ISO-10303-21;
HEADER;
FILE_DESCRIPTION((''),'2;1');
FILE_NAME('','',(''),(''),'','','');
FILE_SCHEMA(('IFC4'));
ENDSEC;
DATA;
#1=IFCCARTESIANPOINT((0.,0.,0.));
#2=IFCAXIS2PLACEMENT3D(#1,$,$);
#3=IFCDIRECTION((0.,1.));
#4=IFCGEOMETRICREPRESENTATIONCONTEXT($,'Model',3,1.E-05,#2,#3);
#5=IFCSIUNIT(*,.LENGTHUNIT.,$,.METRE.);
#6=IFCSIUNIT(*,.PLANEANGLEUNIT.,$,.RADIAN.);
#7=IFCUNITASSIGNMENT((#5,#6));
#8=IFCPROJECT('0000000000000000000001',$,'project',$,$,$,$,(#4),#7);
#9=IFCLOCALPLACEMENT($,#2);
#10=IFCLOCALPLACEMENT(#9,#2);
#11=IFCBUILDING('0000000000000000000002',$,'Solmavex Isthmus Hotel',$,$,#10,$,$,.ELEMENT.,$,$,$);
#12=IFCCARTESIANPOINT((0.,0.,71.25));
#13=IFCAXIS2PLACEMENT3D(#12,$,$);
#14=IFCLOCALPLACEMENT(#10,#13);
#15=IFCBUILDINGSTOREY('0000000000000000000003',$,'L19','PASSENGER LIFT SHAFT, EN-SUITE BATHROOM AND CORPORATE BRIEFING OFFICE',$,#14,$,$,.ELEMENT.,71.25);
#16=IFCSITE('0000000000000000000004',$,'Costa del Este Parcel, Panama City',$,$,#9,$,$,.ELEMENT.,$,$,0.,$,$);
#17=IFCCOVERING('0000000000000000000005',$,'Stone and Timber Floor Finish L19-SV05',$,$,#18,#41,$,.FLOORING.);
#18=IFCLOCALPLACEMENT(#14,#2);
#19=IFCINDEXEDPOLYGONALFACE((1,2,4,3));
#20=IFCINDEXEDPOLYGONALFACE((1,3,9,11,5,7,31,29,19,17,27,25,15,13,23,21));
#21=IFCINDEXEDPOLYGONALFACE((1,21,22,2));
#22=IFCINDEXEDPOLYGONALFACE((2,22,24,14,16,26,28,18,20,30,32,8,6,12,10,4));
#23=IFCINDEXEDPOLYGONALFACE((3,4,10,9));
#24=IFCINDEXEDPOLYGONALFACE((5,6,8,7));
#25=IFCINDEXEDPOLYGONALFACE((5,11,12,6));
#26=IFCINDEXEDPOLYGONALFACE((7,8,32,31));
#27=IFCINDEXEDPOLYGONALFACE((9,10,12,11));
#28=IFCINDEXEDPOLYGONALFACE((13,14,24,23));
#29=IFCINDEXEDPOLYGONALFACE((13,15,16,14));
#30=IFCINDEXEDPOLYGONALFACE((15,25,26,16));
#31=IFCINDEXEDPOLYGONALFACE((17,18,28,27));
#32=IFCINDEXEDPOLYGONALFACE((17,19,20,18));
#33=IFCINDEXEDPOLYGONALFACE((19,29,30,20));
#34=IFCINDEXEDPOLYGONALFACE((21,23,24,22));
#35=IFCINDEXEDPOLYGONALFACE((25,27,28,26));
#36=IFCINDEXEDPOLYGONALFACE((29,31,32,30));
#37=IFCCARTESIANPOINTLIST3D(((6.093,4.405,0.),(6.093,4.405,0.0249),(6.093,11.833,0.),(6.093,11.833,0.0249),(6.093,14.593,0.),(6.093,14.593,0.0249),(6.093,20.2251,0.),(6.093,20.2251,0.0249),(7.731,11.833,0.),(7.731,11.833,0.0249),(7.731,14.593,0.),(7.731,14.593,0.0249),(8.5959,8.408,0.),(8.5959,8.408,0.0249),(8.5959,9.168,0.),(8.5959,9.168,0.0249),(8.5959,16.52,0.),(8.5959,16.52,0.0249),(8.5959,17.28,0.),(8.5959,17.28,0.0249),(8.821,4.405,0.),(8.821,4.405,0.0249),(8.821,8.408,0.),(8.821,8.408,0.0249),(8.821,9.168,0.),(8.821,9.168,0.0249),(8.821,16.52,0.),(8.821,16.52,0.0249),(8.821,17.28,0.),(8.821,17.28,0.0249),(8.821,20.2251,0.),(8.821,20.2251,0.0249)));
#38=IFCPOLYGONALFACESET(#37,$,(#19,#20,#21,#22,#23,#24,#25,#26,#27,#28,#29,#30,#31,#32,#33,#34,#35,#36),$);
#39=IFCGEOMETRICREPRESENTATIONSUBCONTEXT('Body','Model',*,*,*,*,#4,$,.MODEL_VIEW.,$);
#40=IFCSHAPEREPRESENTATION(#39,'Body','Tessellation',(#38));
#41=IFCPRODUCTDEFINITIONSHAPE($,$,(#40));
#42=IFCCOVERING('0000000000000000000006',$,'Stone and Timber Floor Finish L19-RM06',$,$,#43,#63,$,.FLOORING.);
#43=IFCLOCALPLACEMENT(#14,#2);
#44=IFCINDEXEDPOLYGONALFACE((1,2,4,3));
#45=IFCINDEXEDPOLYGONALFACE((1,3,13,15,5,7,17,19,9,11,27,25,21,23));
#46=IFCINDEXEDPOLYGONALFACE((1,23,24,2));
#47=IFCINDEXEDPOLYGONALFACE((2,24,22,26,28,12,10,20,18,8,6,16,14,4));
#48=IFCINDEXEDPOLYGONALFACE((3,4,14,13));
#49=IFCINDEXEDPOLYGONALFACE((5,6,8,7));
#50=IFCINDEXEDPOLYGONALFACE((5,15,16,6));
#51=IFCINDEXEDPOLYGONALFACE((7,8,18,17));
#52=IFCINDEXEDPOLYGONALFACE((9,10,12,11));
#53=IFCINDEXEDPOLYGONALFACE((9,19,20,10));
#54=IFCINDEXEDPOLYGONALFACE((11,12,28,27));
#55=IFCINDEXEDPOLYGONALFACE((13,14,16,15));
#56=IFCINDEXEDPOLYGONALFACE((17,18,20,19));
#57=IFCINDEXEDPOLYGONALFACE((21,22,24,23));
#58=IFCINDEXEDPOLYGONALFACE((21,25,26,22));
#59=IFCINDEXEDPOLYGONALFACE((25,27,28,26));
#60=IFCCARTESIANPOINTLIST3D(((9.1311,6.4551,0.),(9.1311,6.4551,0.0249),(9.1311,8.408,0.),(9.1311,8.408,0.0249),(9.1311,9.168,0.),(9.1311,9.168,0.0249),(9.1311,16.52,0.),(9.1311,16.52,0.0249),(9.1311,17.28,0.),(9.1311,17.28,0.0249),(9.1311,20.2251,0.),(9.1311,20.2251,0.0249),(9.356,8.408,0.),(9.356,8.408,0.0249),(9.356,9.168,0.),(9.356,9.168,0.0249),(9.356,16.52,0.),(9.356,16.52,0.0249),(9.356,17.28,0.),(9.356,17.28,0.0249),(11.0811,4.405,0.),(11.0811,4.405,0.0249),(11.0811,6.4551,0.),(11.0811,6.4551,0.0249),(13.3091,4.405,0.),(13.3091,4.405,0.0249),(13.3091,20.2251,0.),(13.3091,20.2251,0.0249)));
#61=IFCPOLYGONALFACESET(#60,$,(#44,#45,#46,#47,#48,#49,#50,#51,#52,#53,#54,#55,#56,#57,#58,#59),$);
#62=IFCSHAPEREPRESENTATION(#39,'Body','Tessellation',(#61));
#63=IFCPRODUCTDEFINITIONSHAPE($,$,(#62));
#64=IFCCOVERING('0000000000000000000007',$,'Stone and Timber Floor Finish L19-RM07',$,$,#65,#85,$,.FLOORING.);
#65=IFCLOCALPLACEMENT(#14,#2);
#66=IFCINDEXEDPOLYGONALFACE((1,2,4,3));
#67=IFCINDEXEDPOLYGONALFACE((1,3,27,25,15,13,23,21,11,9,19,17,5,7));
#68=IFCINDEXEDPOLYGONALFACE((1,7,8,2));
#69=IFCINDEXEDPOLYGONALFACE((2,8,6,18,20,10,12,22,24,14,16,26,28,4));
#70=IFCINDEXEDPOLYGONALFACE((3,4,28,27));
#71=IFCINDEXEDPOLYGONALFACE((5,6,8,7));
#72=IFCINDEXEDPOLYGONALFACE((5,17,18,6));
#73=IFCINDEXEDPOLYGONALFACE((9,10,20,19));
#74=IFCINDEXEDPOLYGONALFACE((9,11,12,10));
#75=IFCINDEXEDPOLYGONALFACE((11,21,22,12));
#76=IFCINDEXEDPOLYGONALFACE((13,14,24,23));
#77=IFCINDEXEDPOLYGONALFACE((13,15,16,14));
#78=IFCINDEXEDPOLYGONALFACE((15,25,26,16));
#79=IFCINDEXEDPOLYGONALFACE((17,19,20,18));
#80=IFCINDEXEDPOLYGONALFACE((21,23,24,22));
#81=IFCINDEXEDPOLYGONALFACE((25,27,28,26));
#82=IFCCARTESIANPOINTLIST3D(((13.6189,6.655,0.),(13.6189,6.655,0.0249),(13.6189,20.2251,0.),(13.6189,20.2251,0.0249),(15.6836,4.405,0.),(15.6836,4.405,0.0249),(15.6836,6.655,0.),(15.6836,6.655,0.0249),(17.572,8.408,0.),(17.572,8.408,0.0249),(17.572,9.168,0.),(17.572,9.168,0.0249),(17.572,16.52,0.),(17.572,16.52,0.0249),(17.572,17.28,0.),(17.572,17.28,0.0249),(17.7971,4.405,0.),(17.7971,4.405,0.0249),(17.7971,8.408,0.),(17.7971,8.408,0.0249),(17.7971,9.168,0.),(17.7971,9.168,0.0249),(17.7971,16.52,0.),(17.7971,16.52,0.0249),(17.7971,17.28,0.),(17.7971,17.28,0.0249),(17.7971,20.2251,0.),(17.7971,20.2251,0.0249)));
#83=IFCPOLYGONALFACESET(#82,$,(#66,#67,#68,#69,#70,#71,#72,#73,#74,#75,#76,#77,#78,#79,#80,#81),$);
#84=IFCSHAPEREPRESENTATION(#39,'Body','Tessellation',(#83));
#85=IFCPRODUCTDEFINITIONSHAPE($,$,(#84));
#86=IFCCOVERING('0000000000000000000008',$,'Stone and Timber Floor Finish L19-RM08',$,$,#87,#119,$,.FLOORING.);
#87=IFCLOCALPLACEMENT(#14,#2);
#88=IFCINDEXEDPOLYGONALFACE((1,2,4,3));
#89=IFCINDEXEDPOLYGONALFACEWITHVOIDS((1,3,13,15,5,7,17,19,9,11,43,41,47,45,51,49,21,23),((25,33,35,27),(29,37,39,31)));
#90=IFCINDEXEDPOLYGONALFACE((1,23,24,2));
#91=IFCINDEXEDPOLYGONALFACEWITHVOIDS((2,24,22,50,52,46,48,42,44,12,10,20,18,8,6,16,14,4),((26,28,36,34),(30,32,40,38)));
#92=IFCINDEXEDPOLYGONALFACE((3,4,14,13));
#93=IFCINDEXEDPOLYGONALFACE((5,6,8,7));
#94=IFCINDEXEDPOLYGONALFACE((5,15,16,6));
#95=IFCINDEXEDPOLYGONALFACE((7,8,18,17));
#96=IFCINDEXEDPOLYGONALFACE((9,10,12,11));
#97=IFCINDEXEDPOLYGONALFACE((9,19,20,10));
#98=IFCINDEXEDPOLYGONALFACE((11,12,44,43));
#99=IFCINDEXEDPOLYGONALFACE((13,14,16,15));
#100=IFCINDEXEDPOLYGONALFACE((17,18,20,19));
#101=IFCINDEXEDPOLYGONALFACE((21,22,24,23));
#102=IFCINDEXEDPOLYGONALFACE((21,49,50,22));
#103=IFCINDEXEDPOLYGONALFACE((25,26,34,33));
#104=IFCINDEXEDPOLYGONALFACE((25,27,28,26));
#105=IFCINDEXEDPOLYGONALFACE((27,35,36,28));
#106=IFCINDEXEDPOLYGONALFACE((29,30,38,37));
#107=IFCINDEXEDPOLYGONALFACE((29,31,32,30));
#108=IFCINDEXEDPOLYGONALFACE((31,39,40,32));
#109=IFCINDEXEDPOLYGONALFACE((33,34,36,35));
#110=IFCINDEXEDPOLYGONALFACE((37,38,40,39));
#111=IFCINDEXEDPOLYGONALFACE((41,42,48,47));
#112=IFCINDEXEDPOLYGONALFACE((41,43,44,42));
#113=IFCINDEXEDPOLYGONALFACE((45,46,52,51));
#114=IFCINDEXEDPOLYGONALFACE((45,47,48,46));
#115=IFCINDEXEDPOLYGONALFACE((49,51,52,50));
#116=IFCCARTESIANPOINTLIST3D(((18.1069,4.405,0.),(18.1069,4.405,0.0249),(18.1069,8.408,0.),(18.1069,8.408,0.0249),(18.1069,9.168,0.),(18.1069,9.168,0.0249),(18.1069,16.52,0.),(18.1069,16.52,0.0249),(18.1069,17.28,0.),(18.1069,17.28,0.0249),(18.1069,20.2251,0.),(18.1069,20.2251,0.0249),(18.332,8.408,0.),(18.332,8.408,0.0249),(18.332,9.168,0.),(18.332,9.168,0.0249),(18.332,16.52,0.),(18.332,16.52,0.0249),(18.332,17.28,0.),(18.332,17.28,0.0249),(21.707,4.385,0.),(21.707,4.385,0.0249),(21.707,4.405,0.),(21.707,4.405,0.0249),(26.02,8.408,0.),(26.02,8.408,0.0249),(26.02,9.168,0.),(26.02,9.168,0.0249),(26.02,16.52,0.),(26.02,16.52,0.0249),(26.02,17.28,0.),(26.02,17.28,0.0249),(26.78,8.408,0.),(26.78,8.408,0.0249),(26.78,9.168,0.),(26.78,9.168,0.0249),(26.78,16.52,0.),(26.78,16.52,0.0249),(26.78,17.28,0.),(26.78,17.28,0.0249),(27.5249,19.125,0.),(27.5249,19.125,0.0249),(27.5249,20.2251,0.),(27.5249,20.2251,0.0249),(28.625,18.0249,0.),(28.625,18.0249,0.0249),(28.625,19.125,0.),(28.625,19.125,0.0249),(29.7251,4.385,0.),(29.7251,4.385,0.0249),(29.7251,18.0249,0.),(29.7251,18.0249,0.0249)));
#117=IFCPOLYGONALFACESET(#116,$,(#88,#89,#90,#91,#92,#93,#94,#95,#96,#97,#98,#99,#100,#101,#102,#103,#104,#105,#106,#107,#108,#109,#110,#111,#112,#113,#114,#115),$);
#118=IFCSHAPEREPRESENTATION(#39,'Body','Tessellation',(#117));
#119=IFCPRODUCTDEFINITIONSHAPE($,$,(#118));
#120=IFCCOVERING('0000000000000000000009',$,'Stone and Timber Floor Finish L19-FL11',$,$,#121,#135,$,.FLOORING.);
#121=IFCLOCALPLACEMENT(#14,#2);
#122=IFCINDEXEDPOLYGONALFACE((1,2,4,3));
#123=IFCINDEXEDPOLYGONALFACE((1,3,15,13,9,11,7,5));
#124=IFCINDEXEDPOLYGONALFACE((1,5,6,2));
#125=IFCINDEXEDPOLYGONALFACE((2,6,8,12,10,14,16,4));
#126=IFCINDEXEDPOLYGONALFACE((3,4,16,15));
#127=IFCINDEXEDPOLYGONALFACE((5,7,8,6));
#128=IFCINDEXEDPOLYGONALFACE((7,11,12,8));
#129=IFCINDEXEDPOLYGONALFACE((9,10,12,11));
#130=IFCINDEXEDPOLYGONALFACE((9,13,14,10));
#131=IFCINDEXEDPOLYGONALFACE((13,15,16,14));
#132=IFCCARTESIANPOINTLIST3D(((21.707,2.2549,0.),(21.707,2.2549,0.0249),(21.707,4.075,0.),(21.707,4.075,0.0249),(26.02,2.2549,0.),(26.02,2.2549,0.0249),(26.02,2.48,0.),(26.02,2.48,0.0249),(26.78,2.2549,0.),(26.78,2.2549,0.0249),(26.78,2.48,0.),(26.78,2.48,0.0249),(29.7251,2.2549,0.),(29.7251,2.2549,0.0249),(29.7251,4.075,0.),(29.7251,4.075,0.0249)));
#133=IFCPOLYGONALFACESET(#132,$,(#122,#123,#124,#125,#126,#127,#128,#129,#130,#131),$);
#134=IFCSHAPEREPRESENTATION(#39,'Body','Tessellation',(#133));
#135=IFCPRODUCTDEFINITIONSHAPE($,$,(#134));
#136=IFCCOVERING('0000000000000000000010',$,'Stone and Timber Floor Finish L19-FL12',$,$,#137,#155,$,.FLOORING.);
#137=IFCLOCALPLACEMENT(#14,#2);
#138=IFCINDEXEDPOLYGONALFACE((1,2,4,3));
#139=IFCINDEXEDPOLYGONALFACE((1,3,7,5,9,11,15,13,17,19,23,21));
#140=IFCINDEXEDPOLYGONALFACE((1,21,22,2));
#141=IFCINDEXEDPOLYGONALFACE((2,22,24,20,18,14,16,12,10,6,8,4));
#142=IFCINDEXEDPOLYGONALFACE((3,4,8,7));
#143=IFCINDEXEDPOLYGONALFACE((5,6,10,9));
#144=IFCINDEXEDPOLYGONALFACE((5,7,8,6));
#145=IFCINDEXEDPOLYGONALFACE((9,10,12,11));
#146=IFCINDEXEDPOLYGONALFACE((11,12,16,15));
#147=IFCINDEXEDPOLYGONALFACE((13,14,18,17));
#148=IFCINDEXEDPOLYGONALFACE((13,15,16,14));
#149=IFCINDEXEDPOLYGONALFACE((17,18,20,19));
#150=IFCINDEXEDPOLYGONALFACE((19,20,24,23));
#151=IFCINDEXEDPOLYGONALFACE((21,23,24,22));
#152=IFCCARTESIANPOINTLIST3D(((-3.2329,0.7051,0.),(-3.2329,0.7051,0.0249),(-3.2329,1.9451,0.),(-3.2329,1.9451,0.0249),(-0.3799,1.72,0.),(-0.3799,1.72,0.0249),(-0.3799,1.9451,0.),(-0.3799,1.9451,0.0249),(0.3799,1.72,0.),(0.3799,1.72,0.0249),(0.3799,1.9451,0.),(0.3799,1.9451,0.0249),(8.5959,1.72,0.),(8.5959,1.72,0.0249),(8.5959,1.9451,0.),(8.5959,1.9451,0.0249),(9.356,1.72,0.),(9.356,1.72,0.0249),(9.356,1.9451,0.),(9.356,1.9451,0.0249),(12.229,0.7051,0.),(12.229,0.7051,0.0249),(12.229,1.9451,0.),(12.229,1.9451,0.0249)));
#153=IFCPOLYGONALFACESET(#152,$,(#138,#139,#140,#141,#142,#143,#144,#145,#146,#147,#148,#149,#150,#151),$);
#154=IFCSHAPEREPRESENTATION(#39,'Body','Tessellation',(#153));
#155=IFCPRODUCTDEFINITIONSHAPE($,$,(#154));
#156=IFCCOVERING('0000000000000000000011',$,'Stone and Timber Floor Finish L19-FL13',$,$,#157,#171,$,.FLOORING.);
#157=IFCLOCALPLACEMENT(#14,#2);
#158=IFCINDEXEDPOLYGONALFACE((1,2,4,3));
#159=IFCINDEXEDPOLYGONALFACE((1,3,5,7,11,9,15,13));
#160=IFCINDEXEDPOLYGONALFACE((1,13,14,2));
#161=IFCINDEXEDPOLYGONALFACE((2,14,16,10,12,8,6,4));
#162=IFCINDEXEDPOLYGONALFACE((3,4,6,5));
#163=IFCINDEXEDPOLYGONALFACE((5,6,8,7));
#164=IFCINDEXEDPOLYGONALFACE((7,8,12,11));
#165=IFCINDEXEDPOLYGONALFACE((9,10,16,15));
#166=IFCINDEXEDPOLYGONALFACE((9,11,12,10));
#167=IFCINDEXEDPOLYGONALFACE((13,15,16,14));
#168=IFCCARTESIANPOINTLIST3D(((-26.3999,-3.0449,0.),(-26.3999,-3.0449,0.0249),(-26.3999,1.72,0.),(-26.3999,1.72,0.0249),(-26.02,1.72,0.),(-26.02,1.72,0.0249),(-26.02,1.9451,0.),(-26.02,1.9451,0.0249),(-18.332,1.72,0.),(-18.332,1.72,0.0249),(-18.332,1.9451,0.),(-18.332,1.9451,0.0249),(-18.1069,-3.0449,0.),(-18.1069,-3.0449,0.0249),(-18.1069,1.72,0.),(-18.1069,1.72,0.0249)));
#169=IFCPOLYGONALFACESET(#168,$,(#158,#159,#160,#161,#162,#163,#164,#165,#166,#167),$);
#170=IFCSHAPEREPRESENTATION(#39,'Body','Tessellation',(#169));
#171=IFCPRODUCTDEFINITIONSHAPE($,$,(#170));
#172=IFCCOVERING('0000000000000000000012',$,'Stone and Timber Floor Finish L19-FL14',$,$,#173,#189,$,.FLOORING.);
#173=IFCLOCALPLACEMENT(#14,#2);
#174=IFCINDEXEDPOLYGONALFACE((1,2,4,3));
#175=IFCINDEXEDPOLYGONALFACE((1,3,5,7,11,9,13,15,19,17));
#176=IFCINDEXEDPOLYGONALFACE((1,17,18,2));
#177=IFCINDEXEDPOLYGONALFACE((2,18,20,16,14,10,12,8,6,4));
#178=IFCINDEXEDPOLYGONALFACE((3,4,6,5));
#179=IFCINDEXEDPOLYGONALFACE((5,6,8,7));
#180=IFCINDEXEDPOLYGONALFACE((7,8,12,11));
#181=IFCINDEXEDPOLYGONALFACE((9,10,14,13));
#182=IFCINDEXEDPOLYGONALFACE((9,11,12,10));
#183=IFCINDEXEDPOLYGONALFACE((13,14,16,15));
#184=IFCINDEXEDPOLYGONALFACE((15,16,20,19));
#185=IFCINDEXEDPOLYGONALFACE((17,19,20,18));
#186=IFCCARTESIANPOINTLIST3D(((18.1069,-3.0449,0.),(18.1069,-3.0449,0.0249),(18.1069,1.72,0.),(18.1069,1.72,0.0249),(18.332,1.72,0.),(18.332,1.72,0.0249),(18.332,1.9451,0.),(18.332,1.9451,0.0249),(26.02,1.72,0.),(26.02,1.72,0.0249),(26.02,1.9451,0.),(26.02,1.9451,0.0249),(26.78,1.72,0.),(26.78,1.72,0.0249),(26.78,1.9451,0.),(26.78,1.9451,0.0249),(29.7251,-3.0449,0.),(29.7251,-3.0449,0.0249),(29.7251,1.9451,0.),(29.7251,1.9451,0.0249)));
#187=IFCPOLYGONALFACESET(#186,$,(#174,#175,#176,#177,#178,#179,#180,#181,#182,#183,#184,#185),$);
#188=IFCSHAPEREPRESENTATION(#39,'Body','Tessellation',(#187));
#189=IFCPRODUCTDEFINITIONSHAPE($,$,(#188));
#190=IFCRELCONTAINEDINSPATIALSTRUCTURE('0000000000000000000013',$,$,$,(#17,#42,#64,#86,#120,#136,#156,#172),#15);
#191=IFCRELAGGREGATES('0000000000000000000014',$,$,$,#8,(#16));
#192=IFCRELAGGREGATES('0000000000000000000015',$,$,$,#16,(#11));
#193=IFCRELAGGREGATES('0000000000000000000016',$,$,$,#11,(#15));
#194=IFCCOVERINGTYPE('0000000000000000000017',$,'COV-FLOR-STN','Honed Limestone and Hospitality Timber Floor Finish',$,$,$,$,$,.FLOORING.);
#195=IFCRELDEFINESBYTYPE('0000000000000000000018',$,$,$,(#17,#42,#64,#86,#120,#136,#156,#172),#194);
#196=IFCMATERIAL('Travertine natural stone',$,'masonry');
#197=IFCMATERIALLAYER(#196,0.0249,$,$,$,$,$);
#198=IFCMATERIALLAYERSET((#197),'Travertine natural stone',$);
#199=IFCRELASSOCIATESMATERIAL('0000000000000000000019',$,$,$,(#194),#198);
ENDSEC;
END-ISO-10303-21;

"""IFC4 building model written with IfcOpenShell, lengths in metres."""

from ifc_helpers import new_model, si_unit, direction, frame, origin, place, context, subcontext, project, spatial, polyline, outline, extrude, material, layer, layer_set, type_object, element, save


model = new_model("IFC4")

# Units and contexts
model_context = context("Model", 3, precision=1e-05, world=origin(), true_north=direction((0.0, 1.0)))
body_context = subcontext(model_context, "Body", "Model", "MODEL_VIEW")
ifc_project = project(units=[si_unit("LENGTHUNIT", "METRE"), si_unit("PLANEANGLEUNIT", "RADIAN")], contexts=[model_context])

# Site, building, storey
site_placement = place(None, origin())
site = spatial("IfcSite", under=ifc_project, at=site_placement, Name="Costa del Este Parcel, Panama City", CompositionType="ELEMENT", RefElevation=0.0)
building_placement = place(site_placement, origin())
building = spatial("IfcBuilding", under=site, at=building_placement, Name="Solmavex Isthmus Hotel", CompositionType="ELEMENT")
storey_placement = place(building_placement, frame((0.0, 0.0, 71.25)))
storey = spatial("IfcBuildingStorey", under=building, at=storey_placement, Name="L19", Description="PASSENGER LIFT SHAFT, EN-SUITE BATHROOM AND CORPORATE BRIEFING OFFICE", CompositionType="ELEMENT", Elevation=71.25)

# Coverings
ifc_material_1 = material(Name="Travertine natural stone", Category="masonry")
ifc_layer_1 = layer(ifc_material_1, 0.0249)
ifc_layer_set_1 = layer_set([ifc_layer_1], Name="Travertine natural stone")
covering_type = type_object("IfcCoveringType", Name="COV-FLOR-STN", Description="Honed Limestone and Hospitality Timber Floor Finish", PredefinedType="FLOORING", material=ifc_layer_set_1)
covering_1_placement = place(storey_placement, origin())
element("IfcCovering", 1, at=covering_1_placement, inside=storey, type_object=covering_type, Name="Stone and Timber Floor Finish L19-SV05", PredefinedType="FLOORING", context=body_context, shape_type="SweptSolid", body=[
    extrude(outline(polyline([(8.821, 16.52), (8.5959, 16.52), (8.5959, 17.28), (8.821, 17.28), (8.821, 20.2251), (6.093, 20.2251), (6.093, 14.593), (7.731, 14.593), (7.731, 11.833), (6.093, 11.833), (6.093, 4.405), (8.821, 4.405), (8.821, 8.408), (8.5959, 8.408), (8.5959, 9.168), (8.821, 9.168), (8.821, 16.52)])), origin(), (0.0, 0.0, 1.0), 0.0249),
])
covering_2_placement = place(storey_placement, origin())
element("IfcCovering", 2, at=covering_2_placement, inside=storey, type_object=covering_type, Name="Stone and Timber Floor Finish L19-RM06", PredefinedType="FLOORING", context=body_context, shape_type="SweptSolid", body=[
    extrude(outline(polyline([(9.1311, 9.168), (9.356, 9.168), (9.356, 8.408), (9.1311, 8.408), (9.1311, 6.4551), (11.0811, 6.4551), (11.0811, 4.405), (13.3091, 4.405), (13.3091, 20.2251), (9.1311, 20.2251), (9.1311, 17.28), (9.356, 17.28), (9.356, 16.52), (9.1311, 16.52), (9.1311, 9.168)])), origin(), (0.0, 0.0, 1.0), 0.0249),
])
covering_3_placement = place(storey_placement, origin())
element("IfcCovering", 3, at=covering_3_placement, inside=storey, type_object=covering_type, Name="Stone and Timber Floor Finish L19-RM07", PredefinedType="FLOORING", context=body_context, shape_type="SweptSolid", body=[
    extrude(outline(polyline([(17.7971, 16.52), (17.572, 16.52), (17.572, 17.28), (17.7971, 17.28), (17.7971, 20.2251), (13.6189, 20.2251), (13.6189, 6.655), (15.6836, 6.655), (15.6836, 4.405), (17.7971, 4.405), (17.7971, 8.408), (17.572, 8.408), (17.572, 9.168), (17.7971, 9.168), (17.7971, 16.52)])), origin(), (0.0, 0.0, 1.0), 0.0249),
])
covering_4_placement = place(storey_placement, origin())
element("IfcCovering", 4, at=covering_4_placement, inside=storey, type_object=covering_type, Name="Stone and Timber Floor Finish L19-RM08", PredefinedType="FLOORING", context=body_context, shape_type="SweptSolid", body=[
    extrude(outline(polyline([(18.1069, 9.168), (18.332, 9.168), (18.332, 8.408), (18.1069, 8.408), (18.1069, 4.405), (21.707, 4.405), (21.707, 4.385), (29.7251, 4.385), (29.7251, 18.0249), (28.625, 18.0249), (28.625, 19.125), (27.5249, 19.125), (27.5249, 20.2251), (18.1069, 20.2251), (18.1069, 17.28), (18.332, 17.28), (18.332, 16.52), (18.1069, 16.52), (18.1069, 9.168)]), holes=[polyline([(26.02, 8.408), (26.02, 9.168), (26.78, 9.168), (26.78, 8.408), (26.02, 8.408)]), polyline([(26.02, 16.52), (26.02, 17.28), (26.78, 17.28), (26.78, 16.52), (26.02, 16.52)])]), origin(), (0.0, 0.0, 1.0), 0.0249),
])
covering_5_placement = place(storey_placement, origin())
element("IfcCovering", 5, at=covering_5_placement, inside=storey, type_object=covering_type, Name="Stone and Timber Floor Finish L19-FL11", PredefinedType="FLOORING", context=body_context, shape_type="SweptSolid", body=[
    extrude(outline(polyline([(26.02, 2.2549), (26.02, 2.48), (26.78, 2.48), (26.78, 2.2549), (29.7251, 2.2549), (29.7251, 4.075), (21.707, 4.075), (21.707, 2.2549), (26.02, 2.2549)])), origin(), (0.0, 0.0, 1.0), 0.0249),
])
covering_6_placement = place(storey_placement, origin())
element("IfcCovering", 6, at=covering_6_placement, inside=storey, type_object=covering_type, Name="Stone and Timber Floor Finish L19-FL12", PredefinedType="FLOORING", context=body_context, shape_type="SweptSolid", body=[
    extrude(outline(polyline([(0.3799, 1.9451), (0.3799, 1.72), (-0.3799, 1.72), (-0.3799, 1.9451), (-3.2329, 1.9451), (-3.2329, 0.7051), (12.229, 0.7051), (12.229, 1.9451), (9.356, 1.9451), (9.356, 1.72), (8.5959, 1.72), (8.5959, 1.9451), (0.3799, 1.9451)])), origin(), (0.0, 0.0, 1.0), 0.0249),
])
covering_7_placement = place(storey_placement, origin())
element("IfcCovering", 7, at=covering_7_placement, inside=storey, type_object=covering_type, Name="Stone and Timber Floor Finish L19-FL13", PredefinedType="FLOORING", context=body_context, shape_type="SweptSolid", body=[
    extrude(outline(polyline([(-26.02, 1.9451), (-26.02, 1.72), (-26.3999, 1.72), (-26.3999, -3.0449), (-18.1069, -3.0449), (-18.1069, 1.72), (-18.332, 1.72), (-18.332, 1.9451), (-26.02, 1.9451)])), origin(), (0.0, 0.0, 1.0), 0.0249),
])
covering_8_placement = place(storey_placement, origin())
element("IfcCovering", 8, at=covering_8_placement, inside=storey, type_object=covering_type, Name="Stone and Timber Floor Finish L19-FL14", PredefinedType="FLOORING", context=body_context, shape_type="SweptSolid", body=[
    extrude(outline(polyline([(26.78, 1.9451), (26.78, 1.72), (26.02, 1.72), (26.02, 1.9451), (18.332, 1.9451), (18.332, 1.72), (18.1069, 1.72), (18.1069, -3.0449), (29.7251, -3.0449), (29.7251, 1.9451), (26.78, 1.9451)])), origin(), (0.0, 0.0, 1.0), 0.0249),
])

save(model, "model.ifc")
